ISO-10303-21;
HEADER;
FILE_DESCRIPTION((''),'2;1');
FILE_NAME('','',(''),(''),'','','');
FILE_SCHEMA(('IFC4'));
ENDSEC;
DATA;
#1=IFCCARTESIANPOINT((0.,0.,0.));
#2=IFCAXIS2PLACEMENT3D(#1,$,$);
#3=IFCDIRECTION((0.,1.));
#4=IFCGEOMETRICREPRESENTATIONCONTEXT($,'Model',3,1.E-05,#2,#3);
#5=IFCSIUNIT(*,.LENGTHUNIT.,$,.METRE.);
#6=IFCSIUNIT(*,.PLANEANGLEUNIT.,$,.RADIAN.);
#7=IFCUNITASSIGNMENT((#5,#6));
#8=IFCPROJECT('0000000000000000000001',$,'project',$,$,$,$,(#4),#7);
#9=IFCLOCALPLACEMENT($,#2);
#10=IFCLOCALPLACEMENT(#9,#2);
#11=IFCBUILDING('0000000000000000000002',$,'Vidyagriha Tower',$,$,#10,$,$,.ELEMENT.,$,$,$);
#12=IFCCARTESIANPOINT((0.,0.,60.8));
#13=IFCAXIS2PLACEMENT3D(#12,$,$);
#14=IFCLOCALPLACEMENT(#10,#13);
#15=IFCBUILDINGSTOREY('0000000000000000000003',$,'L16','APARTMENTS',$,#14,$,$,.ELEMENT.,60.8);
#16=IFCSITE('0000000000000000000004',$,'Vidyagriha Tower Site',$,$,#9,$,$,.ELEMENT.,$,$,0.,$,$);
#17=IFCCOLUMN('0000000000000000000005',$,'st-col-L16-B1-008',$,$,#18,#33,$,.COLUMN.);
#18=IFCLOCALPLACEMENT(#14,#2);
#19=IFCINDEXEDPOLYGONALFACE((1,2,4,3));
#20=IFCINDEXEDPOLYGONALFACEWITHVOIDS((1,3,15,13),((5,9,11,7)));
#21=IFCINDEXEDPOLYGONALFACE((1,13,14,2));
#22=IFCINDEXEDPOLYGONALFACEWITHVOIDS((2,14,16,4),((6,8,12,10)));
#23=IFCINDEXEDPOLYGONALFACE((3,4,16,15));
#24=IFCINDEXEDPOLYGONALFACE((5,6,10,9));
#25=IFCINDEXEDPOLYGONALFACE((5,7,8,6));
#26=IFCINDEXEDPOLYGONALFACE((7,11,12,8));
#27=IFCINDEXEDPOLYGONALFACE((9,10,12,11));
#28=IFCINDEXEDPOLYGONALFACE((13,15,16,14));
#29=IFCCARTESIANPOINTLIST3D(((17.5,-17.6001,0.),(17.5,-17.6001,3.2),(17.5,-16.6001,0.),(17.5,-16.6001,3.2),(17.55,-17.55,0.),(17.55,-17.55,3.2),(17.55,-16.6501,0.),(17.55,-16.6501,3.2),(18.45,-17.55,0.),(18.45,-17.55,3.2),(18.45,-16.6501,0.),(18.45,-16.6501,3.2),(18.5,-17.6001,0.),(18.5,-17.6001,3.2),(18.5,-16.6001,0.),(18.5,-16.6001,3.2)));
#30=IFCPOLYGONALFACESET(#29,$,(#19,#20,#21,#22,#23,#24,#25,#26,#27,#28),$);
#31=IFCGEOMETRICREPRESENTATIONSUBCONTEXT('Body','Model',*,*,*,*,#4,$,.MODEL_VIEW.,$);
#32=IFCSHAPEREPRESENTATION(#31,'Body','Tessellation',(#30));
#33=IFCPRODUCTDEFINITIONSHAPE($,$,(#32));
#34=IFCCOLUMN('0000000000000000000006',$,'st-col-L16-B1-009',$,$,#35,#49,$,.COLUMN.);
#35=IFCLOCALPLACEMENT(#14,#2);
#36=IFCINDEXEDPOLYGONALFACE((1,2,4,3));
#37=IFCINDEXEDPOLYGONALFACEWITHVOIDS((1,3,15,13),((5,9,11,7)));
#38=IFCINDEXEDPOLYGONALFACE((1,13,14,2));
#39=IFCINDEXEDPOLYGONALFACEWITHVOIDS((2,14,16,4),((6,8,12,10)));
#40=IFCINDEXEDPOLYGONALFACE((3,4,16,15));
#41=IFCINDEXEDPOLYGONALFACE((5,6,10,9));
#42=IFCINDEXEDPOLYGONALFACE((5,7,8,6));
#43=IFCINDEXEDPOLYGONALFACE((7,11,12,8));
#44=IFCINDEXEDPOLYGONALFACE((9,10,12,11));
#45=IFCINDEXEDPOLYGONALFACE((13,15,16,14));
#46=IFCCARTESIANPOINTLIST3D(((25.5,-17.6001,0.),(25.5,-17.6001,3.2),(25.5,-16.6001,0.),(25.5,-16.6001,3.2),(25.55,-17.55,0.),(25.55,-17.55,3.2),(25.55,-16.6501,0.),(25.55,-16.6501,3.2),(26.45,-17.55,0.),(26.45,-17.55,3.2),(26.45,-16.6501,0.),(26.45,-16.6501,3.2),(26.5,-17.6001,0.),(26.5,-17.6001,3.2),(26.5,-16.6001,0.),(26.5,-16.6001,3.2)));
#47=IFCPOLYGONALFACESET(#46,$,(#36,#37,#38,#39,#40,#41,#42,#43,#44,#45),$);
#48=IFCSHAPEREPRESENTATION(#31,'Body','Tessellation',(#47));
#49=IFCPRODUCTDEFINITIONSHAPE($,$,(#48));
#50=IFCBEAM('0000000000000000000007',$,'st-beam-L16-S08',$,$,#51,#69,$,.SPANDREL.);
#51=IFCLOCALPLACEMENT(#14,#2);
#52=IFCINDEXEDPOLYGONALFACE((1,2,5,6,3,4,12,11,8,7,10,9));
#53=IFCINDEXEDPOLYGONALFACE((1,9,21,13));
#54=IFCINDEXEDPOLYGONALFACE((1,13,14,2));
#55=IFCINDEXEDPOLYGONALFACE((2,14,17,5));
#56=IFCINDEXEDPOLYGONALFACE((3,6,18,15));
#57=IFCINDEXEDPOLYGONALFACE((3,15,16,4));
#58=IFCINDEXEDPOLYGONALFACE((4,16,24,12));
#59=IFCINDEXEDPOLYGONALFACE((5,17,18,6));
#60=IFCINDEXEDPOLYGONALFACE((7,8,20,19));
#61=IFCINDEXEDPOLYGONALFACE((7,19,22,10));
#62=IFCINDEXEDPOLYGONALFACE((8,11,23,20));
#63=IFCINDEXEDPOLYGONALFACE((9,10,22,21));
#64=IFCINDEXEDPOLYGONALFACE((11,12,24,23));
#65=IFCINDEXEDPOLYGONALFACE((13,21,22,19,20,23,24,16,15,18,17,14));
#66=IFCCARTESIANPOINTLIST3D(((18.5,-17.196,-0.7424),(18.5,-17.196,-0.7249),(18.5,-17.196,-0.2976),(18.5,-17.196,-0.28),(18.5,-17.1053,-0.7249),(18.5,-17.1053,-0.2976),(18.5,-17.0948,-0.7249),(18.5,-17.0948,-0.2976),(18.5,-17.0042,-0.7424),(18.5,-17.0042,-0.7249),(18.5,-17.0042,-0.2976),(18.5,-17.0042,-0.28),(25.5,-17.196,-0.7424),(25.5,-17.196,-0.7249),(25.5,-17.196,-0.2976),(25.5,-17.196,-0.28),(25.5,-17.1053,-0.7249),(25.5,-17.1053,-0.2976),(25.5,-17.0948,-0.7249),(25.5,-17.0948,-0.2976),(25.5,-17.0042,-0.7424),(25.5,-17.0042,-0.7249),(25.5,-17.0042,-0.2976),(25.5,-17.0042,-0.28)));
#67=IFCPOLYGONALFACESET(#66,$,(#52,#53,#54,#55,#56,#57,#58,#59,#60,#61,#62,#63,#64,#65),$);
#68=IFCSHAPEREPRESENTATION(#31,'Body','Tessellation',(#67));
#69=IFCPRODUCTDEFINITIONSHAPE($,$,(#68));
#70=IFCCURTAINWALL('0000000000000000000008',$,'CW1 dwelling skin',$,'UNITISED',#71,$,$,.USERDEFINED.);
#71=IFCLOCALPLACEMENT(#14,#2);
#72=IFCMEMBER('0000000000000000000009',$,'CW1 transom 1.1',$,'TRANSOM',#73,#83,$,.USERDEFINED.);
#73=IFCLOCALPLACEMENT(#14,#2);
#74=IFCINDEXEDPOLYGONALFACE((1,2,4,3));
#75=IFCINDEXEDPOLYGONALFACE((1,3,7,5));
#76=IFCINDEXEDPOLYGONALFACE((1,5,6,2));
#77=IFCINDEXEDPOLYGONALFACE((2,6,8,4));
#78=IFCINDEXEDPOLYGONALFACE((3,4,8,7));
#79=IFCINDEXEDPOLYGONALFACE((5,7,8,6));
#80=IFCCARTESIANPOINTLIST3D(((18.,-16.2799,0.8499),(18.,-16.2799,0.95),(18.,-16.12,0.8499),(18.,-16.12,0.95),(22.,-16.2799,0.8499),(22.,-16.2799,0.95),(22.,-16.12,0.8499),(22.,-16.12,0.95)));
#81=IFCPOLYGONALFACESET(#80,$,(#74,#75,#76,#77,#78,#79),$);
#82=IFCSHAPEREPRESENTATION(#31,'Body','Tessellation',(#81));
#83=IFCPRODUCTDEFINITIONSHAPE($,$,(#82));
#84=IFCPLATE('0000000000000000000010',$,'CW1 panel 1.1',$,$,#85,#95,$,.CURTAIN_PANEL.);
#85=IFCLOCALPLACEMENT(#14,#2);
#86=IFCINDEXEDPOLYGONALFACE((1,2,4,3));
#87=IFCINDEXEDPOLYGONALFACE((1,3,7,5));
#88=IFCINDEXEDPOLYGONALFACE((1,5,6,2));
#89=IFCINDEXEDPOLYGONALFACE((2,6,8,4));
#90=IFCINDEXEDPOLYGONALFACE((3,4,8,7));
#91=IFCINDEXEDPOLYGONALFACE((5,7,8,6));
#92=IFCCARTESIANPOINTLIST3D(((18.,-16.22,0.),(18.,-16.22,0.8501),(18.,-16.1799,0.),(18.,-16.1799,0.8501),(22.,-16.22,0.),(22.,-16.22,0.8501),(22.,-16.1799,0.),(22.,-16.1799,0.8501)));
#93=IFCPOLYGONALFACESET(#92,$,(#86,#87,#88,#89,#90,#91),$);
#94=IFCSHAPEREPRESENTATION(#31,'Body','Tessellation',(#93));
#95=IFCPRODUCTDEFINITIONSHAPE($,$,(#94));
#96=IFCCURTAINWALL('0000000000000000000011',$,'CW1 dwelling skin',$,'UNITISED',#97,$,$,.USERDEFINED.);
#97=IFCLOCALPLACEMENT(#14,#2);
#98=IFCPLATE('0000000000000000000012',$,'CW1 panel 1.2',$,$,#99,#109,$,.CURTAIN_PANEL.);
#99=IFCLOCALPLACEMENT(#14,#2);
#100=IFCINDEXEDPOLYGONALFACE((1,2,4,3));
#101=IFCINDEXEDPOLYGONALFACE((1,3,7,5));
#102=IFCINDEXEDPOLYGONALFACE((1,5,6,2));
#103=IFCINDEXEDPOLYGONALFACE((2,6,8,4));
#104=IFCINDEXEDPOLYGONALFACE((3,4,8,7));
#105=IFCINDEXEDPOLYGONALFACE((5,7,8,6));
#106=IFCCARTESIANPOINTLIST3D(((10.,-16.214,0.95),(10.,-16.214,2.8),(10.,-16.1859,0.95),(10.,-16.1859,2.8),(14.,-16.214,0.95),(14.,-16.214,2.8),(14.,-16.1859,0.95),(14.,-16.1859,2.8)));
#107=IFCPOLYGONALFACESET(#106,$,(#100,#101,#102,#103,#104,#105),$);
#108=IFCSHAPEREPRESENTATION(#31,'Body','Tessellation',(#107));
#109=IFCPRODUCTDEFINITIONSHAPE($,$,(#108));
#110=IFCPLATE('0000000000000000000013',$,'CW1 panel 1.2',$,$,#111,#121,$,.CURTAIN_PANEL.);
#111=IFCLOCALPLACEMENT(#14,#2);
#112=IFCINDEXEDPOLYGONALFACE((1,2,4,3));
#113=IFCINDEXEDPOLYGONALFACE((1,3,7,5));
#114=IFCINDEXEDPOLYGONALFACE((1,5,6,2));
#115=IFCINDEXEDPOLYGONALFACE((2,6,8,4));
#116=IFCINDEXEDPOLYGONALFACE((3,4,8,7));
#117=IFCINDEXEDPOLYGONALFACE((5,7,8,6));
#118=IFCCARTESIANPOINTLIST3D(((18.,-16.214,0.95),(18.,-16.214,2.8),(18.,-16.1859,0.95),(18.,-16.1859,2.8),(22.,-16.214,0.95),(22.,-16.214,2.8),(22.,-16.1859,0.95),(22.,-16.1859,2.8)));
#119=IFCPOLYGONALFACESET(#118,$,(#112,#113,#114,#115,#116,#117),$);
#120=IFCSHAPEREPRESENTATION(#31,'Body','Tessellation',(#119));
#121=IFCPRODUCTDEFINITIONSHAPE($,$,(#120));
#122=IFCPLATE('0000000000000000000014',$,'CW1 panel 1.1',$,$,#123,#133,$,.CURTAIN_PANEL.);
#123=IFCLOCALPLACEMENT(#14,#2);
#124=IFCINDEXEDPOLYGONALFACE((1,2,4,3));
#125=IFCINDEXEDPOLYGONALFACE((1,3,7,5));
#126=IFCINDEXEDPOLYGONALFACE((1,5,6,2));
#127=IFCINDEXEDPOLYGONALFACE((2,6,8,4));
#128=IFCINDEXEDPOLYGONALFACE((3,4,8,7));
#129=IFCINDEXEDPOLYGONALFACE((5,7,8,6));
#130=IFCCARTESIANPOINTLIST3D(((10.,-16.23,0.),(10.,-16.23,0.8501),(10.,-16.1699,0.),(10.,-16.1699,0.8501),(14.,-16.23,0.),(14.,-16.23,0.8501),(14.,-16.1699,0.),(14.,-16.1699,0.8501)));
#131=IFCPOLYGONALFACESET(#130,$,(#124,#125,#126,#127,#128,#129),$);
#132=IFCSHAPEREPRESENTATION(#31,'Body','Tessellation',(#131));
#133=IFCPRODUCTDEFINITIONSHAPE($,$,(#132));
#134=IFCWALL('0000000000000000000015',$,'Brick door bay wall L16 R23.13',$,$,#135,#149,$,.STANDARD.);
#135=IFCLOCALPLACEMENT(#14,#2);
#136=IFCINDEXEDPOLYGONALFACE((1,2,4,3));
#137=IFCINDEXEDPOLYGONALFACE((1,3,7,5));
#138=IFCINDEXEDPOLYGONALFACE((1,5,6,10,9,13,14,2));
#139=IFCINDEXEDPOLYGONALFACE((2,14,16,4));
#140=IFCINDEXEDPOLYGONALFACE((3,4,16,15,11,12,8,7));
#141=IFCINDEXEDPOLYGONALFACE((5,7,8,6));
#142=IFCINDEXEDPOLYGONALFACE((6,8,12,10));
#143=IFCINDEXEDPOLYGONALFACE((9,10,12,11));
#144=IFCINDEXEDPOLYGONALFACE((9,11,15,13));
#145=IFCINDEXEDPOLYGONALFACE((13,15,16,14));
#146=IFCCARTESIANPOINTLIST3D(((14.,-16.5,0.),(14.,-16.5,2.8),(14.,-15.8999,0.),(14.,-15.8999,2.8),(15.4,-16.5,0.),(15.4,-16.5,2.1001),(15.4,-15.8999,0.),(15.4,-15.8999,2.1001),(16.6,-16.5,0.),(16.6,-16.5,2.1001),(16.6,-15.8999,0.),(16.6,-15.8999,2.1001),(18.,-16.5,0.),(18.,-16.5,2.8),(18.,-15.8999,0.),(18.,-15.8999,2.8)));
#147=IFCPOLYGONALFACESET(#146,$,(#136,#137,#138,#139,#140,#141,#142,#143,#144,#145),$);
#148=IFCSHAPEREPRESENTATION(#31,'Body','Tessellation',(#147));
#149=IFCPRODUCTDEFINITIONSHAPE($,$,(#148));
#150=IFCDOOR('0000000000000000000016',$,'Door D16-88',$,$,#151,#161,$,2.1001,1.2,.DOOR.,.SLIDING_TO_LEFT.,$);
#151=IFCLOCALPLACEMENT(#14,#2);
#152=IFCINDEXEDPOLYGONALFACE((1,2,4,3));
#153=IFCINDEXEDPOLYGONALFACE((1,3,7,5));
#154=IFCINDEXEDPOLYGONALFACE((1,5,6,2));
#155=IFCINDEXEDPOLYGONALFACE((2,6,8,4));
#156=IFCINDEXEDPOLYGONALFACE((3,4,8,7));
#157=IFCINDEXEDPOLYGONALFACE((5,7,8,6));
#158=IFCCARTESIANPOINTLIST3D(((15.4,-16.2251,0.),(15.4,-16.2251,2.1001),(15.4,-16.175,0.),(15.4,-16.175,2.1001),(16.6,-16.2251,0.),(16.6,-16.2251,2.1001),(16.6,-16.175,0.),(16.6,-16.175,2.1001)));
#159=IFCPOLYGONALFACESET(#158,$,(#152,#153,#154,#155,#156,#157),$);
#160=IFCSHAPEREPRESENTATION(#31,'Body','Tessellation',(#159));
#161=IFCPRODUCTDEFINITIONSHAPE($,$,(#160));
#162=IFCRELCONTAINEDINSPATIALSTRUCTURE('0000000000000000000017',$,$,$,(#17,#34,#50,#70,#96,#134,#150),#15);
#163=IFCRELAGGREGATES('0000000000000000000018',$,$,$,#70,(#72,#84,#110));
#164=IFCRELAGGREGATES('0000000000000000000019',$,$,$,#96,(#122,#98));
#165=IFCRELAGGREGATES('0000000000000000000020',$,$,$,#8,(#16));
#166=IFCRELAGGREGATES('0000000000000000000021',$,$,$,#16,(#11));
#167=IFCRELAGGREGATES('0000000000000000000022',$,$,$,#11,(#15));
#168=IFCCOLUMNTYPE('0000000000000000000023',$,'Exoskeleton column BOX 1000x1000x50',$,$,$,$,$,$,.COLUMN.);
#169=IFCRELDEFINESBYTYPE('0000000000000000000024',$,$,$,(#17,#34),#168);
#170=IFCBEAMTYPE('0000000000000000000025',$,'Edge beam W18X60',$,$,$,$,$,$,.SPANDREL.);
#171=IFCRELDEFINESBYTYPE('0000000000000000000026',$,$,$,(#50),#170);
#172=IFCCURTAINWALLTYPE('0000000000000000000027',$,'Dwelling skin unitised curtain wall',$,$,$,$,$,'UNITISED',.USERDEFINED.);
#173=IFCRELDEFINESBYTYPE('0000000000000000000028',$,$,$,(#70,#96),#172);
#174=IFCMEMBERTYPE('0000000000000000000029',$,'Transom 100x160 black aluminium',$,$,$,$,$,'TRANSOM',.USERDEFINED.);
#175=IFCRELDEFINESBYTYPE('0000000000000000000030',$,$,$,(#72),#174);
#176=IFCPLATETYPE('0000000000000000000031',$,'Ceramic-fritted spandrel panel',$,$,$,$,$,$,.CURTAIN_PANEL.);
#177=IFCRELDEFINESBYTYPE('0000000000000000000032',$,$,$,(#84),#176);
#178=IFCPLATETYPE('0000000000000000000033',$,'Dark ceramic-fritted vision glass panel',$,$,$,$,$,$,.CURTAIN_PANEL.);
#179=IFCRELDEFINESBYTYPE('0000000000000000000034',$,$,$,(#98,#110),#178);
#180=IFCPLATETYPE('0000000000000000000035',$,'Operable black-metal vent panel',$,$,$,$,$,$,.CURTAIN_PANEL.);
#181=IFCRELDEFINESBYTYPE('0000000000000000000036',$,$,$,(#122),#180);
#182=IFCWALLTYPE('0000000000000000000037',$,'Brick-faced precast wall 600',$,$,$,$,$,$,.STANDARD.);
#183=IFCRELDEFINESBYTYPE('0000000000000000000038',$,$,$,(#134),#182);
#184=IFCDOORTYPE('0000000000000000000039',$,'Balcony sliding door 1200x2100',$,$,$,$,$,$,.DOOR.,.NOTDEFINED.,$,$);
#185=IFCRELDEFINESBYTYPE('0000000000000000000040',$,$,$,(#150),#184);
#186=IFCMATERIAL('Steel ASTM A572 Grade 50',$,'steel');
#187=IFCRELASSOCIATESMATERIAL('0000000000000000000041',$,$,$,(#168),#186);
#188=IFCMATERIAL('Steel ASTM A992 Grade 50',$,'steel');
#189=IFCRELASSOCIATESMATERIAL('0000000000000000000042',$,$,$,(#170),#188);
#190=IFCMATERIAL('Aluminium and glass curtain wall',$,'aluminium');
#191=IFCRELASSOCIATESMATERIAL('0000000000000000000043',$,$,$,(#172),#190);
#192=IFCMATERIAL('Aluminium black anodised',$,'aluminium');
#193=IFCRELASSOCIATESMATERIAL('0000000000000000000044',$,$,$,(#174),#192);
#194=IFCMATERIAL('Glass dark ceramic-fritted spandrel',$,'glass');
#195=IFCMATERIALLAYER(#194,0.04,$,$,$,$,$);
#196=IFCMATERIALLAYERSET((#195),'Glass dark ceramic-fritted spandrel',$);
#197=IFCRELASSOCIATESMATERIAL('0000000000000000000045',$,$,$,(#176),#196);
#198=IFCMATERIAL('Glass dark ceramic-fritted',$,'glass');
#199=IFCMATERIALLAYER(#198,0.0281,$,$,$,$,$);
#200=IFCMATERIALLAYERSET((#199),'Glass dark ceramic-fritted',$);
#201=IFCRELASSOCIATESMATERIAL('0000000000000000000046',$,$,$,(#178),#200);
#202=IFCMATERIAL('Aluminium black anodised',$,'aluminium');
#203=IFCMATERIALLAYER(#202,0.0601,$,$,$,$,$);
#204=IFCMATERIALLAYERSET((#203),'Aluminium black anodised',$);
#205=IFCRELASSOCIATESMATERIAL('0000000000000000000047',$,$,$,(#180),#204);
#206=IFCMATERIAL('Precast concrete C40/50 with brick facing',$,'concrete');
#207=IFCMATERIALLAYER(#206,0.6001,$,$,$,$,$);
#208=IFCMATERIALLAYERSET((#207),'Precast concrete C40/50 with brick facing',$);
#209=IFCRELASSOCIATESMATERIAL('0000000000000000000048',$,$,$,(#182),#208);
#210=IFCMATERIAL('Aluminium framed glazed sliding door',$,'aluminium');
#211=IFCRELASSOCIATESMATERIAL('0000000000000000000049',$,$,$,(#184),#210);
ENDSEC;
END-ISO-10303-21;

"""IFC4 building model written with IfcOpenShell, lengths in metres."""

from ifc_helpers import new_model, si_unit, direction, frame, frame_2d, origin, origin_2d, place, context, subcontext, project, spatial, rectangle, hollow_rectangle, i_section, extrude, material, layer, layer_set, material_profile, profile_set, type_object, element, fill, aggregate, save


model = new_model("IFC4")

# Units and contexts
model_context = context("Model", 3, precision=1e-05, world=origin(), true_north=direction((0.0, 1.0)))
body_context = subcontext(model_context, "Body", "Model", "MODEL_VIEW")
ifc_project = project(units=[si_unit("LENGTHUNIT", "METRE"), si_unit("PLANEANGLEUNIT", "RADIAN")], contexts=[model_context])

# Site, building, storey
site_placement = place(None, origin())
site = spatial("IfcSite", under=ifc_project, at=site_placement, Name="Vidyagriha Tower Site", CompositionType="ELEMENT", RefElevation=0.0)
building_placement = place(site_placement, origin())
building = spatial("IfcBuilding", under=site, at=building_placement, Name="Vidyagriha Tower", CompositionType="ELEMENT")
storey_placement = place(building_placement, frame((0.0, 0.0, 60.8)))
storey = spatial("IfcBuildingStorey", under=building, at=storey_placement, Name="L16", Description="APARTMENTS", CompositionType="ELEMENT", Elevation=60.8)

# Columns
ifc_material_1 = material(Name="Steel ASTM A572 Grade 50", Category="steel")
ifc_material_profile_1 = material_profile(ifc_material_1, hollow_rectangle(XDim=1.0, YDim=1.0, WallThickness=0.05, at=origin_2d()), Name="BOX 1000x1000x50")
ifc_profile_set_1 = profile_set([ifc_material_profile_1], Name="Steel ASTM A572 Grade 50")
column_type = type_object("IfcColumnType", Name="Exoskeleton column BOX 1000x1000x50", PredefinedType="COLUMN", material=ifc_profile_set_1)
for number, where, name in (
    (1, (18.0, -17.1001, 0.0), "st-col-L16-B1-008"),
    (2, (26.0, -17.1001, 0.0), "st-col-L16-B1-009"),
):
    element("IfcColumn", number, at=place(storey_placement, frame(where)), inside=storey, type_object=column_type, Name=name, PredefinedType="COLUMN", context=body_context, shape_type="SweptSolid", body=[
        extrude(hollow_rectangle(XDim=1.0, YDim=1.0, WallThickness=0.05, at=origin_2d()), origin(), (0.0, 0.0, 1.0), 3.2),
    ])

# Beam
ifc_material_2 = material(Name="Steel ASTM A992 Grade 50", Category="steel")
ifc_material_profile_2 = material_profile(ifc_material_2, i_section(OverallWidth=0.1919, OverallDepth=0.4624, WebThickness=0.0105, FlangeThickness=0.0176, at=origin_2d()), Name="W18X60")
ifc_profile_set_2 = profile_set([ifc_material_profile_2], Name="Steel ASTM A992 Grade 50")
beam_type = type_object("IfcBeamType", Name="Edge beam W18X60", PredefinedType="SPANDREL", material=ifc_profile_set_2)
beam_placement = place(storey_placement, frame((18.5, -17.1001, -0.5112), z_axis=(1.0, 0.0, 0.0), x_axis=(0.0, 1.0, 0.0)))
element("IfcBeam", 3, at=beam_placement, inside=storey, type_object=beam_type, Name="st-beam-L16-S08", PredefinedType="SPANDREL", context=body_context, shape_type="SweptSolid", body=[
    extrude(i_section(OverallWidth=0.1919, OverallDepth=0.4624, WebThickness=0.0105, FlangeThickness=0.0176, at=origin_2d()), origin(), (0.0, 0.0, 1.0), 7.0),
])

# Curtain wall, member, plate
ifc_material_3 = material(Name="Aluminium and glass curtain wall", Category="aluminium")
curtain_wall_type = type_object("IfcCurtainWallType", Name="Dwelling skin unitised curtain wall", ElementType="UNITISED", PredefinedType="USERDEFINED", material=ifc_material_3)
curtain_wall_1_placement = place(storey_placement, origin())
curtain_wall_1 = element("IfcCurtainWall", 4, at=curtain_wall_1_placement, inside=storey, type_object=curtain_wall_type, Name="CW1 dwelling skin", ObjectType="UNITISED", PredefinedType="USERDEFINED")
ifc_material_4 = material(Name="Aluminium black anodised", Category="aluminium")
ifc_material_profile_3 = material_profile(ifc_material_4, rectangle(XDim=0.1599, YDim=0.1001, at=origin_2d()), Name="Transom 100x160 black aluminium")
ifc_profile_set_3 = profile_set([ifc_material_profile_3], Name="Aluminium black anodised")
member_type = type_object("IfcMemberType", Name="Transom 100x160 black aluminium", ElementType="TRANSOM", PredefinedType="USERDEFINED", material=ifc_profile_set_3)
member_placement = place(storey_placement, frame((18.0, -16.2, 0.8999), z_axis=(1.0, 0.0, 0.0), x_axis=(0.0, 1.0, 0.0)))
member = element("IfcMember", 5, at=member_placement, type_object=member_type, Name="CW1 transom 1.1", ObjectType="TRANSOM", PredefinedType="USERDEFINED", context=body_context, shape_type="SweptSolid", body=[
    extrude(rectangle(XDim=0.1599, YDim=0.1001, at=origin_2d()), origin(), (0.0, 0.0, 1.0), 4.0),
])
ifc_material_5 = material(Name="Glass dark ceramic-fritted spandrel", Category="glass")
ifc_layer_1 = layer(ifc_material_5, 0.04)
ifc_layer_set_1 = layer_set([ifc_layer_1], Name="Glass dark ceramic-fritted spandrel")
plate_type_1 = type_object("IfcPlateType", Name="Ceramic-fritted spandrel panel", PredefinedType="CURTAIN_PANEL", material=ifc_layer_set_1)
plate_1_placement = place(storey_placement, frame((20.0, -16.2, 0.0)))
plate_1 = element("IfcPlate", 6, at=plate_1_placement, type_object=plate_type_1, Name="CW1 panel 1.1", PredefinedType="CURTAIN_PANEL", context=body_context, shape_type="SweptSolid", body=[
    extrude(rectangle(XDim=4.0, YDim=0.04, at=origin_2d()), origin(), (0.0, 0.0, 1.0), 0.8501),
])

# Curtain wall, plate
curtain_wall_2_placement = place(storey_placement, origin())
curtain_wall_2 = element("IfcCurtainWall", 7, at=curtain_wall_2_placement, inside=storey, type_object=curtain_wall_type, Name="CW1 dwelling skin", ObjectType="UNITISED", PredefinedType="USERDEFINED")
ifc_material_6 = material(Name="Glass dark ceramic-fritted", Category="glass")
ifc_layer_2 = layer(ifc_material_6, 0.0281)
ifc_layer_set_2 = layer_set([ifc_layer_2], Name="Glass dark ceramic-fritted")
plate_type_2 = type_object("IfcPlateType", Name="Dark ceramic-fritted vision glass panel", PredefinedType="CURTAIN_PANEL", material=ifc_layer_set_2)
plate_2_placement = place(storey_placement, frame((12.0, -16.2, 0.95)))
plate_2 = element("IfcPlate", 8, at=plate_2_placement, type_object=plate_type_2, Name="CW1 panel 1.2", PredefinedType="CURTAIN_PANEL", context=body_context, shape_type="SweptSolid", body=[
    extrude(rectangle(XDim=4.0, YDim=0.0281, at=origin_2d()), origin(), (0.0, 0.0, 1.0), 1.8501),
])

# Plates
plate_3_placement = place(storey_placement, frame((20.0, -16.2, 0.95)))
plate_3 = element("IfcPlate", 9, at=plate_3_placement, type_object=plate_type_2, Name="CW1 panel 1.2", PredefinedType="CURTAIN_PANEL", context=body_context, shape_type="SweptSolid", body=[
    extrude(rectangle(XDim=4.0, YDim=0.0281, at=origin_2d()), origin(), (0.0, 0.0, 1.0), 1.8501),
])
aggregate(curtain_wall_1, [member, plate_1, plate_3])
ifc_material_7 = material(Name="Aluminium black anodised", Category="aluminium")
ifc_layer_3 = layer(ifc_material_7, 0.0601)
ifc_layer_set_3 = layer_set([ifc_layer_3], Name="Aluminium black anodised")
plate_type_3 = type_object("IfcPlateType", Name="Operable black-metal vent panel", PredefinedType="CURTAIN_PANEL", material=ifc_layer_set_3)
plate_4_placement = place(storey_placement, frame((12.0, -16.2, 0.0)))
plate_4 = element("IfcPlate", 10, at=plate_4_placement, type_object=plate_type_3, Name="CW1 panel 1.1", PredefinedType="CURTAIN_PANEL", context=body_context, shape_type="SweptSolid", body=[
    extrude(rectangle(XDim=4.0, YDim=0.0601, at=origin_2d()), origin(), (0.0, 0.0, 1.0), 0.8501),
])
aggregate(curtain_wall_2, [plate_4, plate_2])

# Wall, opening, door
ifc_material_8 = material(Name="Precast concrete C40/50 with brick facing", Category="concrete")
ifc_layer_4 = layer(ifc_material_8, 0.6001)
ifc_layer_set_4 = layer_set([ifc_layer_4], Name="Precast concrete C40/50 with brick facing")
wall_type = type_object("IfcWallType", Name="Brick-faced precast wall 600", PredefinedType="STANDARD", material=ifc_layer_set_4)
wall_placement = place(storey_placement, frame((14.0, -16.2, 0.0)))
wall = element("IfcWall", 11, at=wall_placement, inside=storey, type_object=wall_type, Name="Brick door bay wall L16 R23.13", PredefinedType="STANDARD", context=body_context, shape_type="SweptSolid", body=[
    extrude(rectangle(XDim=4.0, YDim=0.6001, at=frame_2d((2.0, 0.0))), origin(), (0.0, 0.0, 1.0), 2.8),
])
opening_placement = place(wall_placement, frame((1.3999, 0.0, 0.0)))
opening = element("IfcOpeningElement", 12, at=opening_placement, cuts=wall, PredefinedType="OPENING", context=body_context, shape_type="SweptSolid", body=[
    extrude(rectangle(XDim=1.2, YDim=2.1001, at=frame_2d((0.6001, 1.05))), frame((0.0, 0.3101, 0.0), z_axis=(0.0, -1.0, 0.0), x_axis=(1.0, 0.0, 0.0)), (0.0, 0.0, 1.0), 0.6201),
])
ifc_material_9 = material(Name="Aluminium framed glazed sliding door", Category="aluminium")
door_type = type_object("IfcDoorType", Name="Balcony sliding door 1200x2100", OperationType="NOTDEFINED", PredefinedType="DOOR", material=ifc_material_9)
door_placement = place(opening_placement, origin())
door = element("IfcDoor", 13, at=door_placement, inside=storey, type_object=door_type, Name="Door D16-88", OperationType="SLIDING_TO_LEFT", OverallHeight=2.1001, OverallWidth=1.2, PredefinedType="DOOR", context=body_context, shape_type="SweptSolid", body=[
    extrude(rectangle(XDim=1.2, YDim=2.1001, at=frame_2d((0.6001, 1.05))), frame((0.0, 0.0249, 0.0), z_axis=(0.0, -1.0, 0.0), x_axis=(1.0, 0.0, 0.0)), (0.0, 0.0, 1.0), 0.05),
])
fill(opening, door)

save(model, "model.ifc")
